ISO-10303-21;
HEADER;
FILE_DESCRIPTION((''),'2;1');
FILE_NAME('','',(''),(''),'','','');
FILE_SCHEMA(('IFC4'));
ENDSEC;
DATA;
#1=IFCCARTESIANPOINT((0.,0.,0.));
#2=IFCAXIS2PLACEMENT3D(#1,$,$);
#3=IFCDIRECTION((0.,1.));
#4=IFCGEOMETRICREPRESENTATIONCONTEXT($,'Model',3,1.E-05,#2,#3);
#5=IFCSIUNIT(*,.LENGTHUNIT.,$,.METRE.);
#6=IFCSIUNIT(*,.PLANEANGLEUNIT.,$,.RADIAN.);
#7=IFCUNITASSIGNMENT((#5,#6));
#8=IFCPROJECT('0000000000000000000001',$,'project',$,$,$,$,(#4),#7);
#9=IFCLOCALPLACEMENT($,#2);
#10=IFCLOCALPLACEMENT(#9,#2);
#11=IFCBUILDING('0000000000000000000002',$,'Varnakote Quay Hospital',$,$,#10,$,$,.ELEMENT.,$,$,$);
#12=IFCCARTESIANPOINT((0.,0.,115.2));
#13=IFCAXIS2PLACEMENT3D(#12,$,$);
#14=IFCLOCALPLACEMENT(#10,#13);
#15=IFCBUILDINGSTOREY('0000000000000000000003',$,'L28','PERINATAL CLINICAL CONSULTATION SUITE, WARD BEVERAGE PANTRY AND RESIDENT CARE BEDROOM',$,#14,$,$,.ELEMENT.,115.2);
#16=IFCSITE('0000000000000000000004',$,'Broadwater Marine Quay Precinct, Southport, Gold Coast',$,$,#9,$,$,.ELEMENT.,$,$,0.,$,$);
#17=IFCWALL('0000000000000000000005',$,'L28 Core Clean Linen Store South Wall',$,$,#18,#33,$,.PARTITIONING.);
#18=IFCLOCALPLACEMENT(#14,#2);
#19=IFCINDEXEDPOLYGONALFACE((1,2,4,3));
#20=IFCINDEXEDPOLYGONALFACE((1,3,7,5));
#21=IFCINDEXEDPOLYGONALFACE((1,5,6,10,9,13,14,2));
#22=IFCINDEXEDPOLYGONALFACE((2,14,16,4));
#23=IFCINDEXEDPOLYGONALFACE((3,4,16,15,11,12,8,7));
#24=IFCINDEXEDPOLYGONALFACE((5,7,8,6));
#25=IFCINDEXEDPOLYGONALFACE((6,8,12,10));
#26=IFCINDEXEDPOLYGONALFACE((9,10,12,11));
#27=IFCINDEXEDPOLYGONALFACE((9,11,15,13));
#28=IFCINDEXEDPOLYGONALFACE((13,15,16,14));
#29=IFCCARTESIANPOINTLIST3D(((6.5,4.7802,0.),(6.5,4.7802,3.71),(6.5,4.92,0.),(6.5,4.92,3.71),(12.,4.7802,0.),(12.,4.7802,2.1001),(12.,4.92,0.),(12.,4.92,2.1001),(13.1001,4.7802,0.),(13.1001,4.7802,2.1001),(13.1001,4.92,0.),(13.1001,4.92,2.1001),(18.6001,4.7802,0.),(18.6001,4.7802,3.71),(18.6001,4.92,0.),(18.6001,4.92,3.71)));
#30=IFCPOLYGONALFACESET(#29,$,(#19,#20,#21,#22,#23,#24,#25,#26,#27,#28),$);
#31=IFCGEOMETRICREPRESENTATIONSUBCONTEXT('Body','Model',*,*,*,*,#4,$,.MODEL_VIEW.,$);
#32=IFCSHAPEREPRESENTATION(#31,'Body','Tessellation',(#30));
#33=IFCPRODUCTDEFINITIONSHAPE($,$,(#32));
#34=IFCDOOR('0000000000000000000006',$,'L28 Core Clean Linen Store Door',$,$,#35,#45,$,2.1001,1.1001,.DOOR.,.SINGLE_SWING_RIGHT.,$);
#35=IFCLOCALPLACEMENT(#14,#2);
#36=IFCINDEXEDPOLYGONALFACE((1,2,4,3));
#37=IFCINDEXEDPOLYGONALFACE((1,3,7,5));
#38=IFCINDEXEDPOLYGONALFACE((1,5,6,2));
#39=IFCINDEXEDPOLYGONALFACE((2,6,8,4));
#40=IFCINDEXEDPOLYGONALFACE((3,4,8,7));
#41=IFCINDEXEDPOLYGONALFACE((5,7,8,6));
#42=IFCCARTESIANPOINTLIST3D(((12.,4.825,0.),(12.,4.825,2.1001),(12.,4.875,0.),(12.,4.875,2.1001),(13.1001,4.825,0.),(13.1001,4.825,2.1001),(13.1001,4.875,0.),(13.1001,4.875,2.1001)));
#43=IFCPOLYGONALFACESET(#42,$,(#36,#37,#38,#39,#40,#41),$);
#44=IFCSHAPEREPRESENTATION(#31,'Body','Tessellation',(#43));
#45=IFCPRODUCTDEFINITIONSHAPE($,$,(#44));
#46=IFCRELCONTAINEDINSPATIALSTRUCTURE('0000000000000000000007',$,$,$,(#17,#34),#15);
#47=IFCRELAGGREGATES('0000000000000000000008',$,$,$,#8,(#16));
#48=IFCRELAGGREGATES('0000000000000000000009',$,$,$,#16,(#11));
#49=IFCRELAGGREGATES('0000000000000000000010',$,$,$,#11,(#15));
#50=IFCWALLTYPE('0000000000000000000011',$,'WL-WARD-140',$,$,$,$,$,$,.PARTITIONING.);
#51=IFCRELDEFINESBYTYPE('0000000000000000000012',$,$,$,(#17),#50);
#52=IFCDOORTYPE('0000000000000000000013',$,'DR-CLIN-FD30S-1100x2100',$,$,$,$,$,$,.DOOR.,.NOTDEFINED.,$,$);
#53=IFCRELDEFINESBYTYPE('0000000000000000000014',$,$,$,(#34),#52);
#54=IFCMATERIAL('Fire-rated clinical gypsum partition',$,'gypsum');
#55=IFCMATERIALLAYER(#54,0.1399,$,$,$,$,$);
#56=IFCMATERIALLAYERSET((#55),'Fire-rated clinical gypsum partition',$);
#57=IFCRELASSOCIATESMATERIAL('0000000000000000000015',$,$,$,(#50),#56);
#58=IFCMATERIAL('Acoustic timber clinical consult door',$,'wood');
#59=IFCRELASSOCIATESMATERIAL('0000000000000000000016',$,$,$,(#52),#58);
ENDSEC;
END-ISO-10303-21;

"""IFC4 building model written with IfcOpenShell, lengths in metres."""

from ifc_helpers import new_model, si_unit, direction, frame, frame_2d, origin, place, context, subcontext, project, spatial, rectangle, extrude, material, layer, layer_set, type_object, element, fill, save


model = new_model("IFC4")

# Units and contexts
model_context = context("Model", 3, precision=1e-05, world=origin(), true_north=direction((0.0, 1.0)))
body_context = subcontext(model_context, "Body", "Model", "MODEL_VIEW")
ifc_project = project(units=[si_unit("LENGTHUNIT", "METRE"), si_unit("PLANEANGLEUNIT", "RADIAN")], contexts=[model_context])

# Site, building, storey
site_placement = place(None, origin())
site = spatial("IfcSite", under=ifc_project, at=site_placement, Name="Broadwater Marine Quay Precinct, Southport, Gold Coast", CompositionType="ELEMENT", RefElevation=0.0)
building_placement = place(site_placement, origin())
building = spatial("IfcBuilding", under=site, at=building_placement, Name="Varnakote Quay Hospital", CompositionType="ELEMENT")
storey_placement = place(building_placement, frame((0.0, 0.0, 115.2)))
storey = spatial("IfcBuildingStorey", under=building, at=storey_placement, Name="L28", Description="PERINATAL CLINICAL CONSULTATION SUITE, WARD BEVERAGE PANTRY AND RESIDENT CARE BEDROOM", CompositionType="ELEMENT", Elevation=115.2)

# Wall, opening, door
ifc_material_1 = material(Name="Fire-rated clinical gypsum partition", Category="gypsum")
ifc_layer_1 = layer(ifc_material_1, 0.1399)
ifc_layer_set_1 = layer_set([ifc_layer_1], Name="Fire-rated clinical gypsum partition")
wall_type_1 = type_object("IfcWallType", Name="WL-WARD-140", PredefinedType="PARTITIONING", material=ifc_layer_set_1)
wall_1_placement = place(storey_placement, frame((6.5, 4.8501, 0.0), z_axis=(0.0, 0.0, 1.0), x_axis=(1.0, 0.0, 0.0)))
wall_1 = element("IfcWall", 1, at=wall_1_placement, inside=storey, type_object=wall_type_1, Name="L28 Core Clean Linen Store South Wall", PredefinedType="PARTITIONING", context=body_context, shape_type="SweptSolid", body=[
    extrude(rectangle(XDim=12.1001, YDim=0.1399, at=frame_2d((6.05, 0.0))), origin(), (0.0, 0.0, 1.0), 3.71),
])
opening_1_placement = place(wall_1_placement, frame((5.5, 0.0, 0.0)))
opening_1 = element("IfcOpeningElement", 2, at=opening_1_placement, cuts=wall_1, PredefinedType="OPENING", context=body_context, shape_type="SweptSolid", body=[
    extrude(rectangle(XDim=1.1001, YDim=2.1001, at=frame_2d((0.55, 1.05))), frame((0.0, 0.0798, 0.0), z_axis=(0.0, -1.0, 0.0), x_axis=(1.0, 0.0, 0.0)), (0.0, 0.0, 1.0), 0.1599),
])
ifc_material_2 = material(Name="Acoustic timber clinical consult door", Category="wood")
door_type = type_object("IfcDoorType", Name="DR-CLIN-FD30S-1100x2100", OperationType="NOTDEFINED", PredefinedType="DOOR", material=ifc_material_2)
door_placement = place(opening_1_placement, origin())
door = element("IfcDoor", 3, at=door_placement, inside=storey, type_object=door_type, Name="L28 Core Clean Linen Store Door", OperationType="SINGLE_SWING_RIGHT", OverallHeight=2.1001, OverallWidth=1.1001, PredefinedType="DOOR", context=body_context, shape_type="SweptSolid", body=[
    extrude(rectangle(XDim=1.1001, YDim=2.1001, at=frame_2d((0.55, 1.05))), frame((0.0, 0.0249, 0.0), z_axis=(0.0, -1.0, 0.0), x_axis=(1.0, 0.0, 0.0)), (0.0, 0.0, 1.0), 0.05),
])
fill(opening_1, door)

save(model, "model.ifc")
